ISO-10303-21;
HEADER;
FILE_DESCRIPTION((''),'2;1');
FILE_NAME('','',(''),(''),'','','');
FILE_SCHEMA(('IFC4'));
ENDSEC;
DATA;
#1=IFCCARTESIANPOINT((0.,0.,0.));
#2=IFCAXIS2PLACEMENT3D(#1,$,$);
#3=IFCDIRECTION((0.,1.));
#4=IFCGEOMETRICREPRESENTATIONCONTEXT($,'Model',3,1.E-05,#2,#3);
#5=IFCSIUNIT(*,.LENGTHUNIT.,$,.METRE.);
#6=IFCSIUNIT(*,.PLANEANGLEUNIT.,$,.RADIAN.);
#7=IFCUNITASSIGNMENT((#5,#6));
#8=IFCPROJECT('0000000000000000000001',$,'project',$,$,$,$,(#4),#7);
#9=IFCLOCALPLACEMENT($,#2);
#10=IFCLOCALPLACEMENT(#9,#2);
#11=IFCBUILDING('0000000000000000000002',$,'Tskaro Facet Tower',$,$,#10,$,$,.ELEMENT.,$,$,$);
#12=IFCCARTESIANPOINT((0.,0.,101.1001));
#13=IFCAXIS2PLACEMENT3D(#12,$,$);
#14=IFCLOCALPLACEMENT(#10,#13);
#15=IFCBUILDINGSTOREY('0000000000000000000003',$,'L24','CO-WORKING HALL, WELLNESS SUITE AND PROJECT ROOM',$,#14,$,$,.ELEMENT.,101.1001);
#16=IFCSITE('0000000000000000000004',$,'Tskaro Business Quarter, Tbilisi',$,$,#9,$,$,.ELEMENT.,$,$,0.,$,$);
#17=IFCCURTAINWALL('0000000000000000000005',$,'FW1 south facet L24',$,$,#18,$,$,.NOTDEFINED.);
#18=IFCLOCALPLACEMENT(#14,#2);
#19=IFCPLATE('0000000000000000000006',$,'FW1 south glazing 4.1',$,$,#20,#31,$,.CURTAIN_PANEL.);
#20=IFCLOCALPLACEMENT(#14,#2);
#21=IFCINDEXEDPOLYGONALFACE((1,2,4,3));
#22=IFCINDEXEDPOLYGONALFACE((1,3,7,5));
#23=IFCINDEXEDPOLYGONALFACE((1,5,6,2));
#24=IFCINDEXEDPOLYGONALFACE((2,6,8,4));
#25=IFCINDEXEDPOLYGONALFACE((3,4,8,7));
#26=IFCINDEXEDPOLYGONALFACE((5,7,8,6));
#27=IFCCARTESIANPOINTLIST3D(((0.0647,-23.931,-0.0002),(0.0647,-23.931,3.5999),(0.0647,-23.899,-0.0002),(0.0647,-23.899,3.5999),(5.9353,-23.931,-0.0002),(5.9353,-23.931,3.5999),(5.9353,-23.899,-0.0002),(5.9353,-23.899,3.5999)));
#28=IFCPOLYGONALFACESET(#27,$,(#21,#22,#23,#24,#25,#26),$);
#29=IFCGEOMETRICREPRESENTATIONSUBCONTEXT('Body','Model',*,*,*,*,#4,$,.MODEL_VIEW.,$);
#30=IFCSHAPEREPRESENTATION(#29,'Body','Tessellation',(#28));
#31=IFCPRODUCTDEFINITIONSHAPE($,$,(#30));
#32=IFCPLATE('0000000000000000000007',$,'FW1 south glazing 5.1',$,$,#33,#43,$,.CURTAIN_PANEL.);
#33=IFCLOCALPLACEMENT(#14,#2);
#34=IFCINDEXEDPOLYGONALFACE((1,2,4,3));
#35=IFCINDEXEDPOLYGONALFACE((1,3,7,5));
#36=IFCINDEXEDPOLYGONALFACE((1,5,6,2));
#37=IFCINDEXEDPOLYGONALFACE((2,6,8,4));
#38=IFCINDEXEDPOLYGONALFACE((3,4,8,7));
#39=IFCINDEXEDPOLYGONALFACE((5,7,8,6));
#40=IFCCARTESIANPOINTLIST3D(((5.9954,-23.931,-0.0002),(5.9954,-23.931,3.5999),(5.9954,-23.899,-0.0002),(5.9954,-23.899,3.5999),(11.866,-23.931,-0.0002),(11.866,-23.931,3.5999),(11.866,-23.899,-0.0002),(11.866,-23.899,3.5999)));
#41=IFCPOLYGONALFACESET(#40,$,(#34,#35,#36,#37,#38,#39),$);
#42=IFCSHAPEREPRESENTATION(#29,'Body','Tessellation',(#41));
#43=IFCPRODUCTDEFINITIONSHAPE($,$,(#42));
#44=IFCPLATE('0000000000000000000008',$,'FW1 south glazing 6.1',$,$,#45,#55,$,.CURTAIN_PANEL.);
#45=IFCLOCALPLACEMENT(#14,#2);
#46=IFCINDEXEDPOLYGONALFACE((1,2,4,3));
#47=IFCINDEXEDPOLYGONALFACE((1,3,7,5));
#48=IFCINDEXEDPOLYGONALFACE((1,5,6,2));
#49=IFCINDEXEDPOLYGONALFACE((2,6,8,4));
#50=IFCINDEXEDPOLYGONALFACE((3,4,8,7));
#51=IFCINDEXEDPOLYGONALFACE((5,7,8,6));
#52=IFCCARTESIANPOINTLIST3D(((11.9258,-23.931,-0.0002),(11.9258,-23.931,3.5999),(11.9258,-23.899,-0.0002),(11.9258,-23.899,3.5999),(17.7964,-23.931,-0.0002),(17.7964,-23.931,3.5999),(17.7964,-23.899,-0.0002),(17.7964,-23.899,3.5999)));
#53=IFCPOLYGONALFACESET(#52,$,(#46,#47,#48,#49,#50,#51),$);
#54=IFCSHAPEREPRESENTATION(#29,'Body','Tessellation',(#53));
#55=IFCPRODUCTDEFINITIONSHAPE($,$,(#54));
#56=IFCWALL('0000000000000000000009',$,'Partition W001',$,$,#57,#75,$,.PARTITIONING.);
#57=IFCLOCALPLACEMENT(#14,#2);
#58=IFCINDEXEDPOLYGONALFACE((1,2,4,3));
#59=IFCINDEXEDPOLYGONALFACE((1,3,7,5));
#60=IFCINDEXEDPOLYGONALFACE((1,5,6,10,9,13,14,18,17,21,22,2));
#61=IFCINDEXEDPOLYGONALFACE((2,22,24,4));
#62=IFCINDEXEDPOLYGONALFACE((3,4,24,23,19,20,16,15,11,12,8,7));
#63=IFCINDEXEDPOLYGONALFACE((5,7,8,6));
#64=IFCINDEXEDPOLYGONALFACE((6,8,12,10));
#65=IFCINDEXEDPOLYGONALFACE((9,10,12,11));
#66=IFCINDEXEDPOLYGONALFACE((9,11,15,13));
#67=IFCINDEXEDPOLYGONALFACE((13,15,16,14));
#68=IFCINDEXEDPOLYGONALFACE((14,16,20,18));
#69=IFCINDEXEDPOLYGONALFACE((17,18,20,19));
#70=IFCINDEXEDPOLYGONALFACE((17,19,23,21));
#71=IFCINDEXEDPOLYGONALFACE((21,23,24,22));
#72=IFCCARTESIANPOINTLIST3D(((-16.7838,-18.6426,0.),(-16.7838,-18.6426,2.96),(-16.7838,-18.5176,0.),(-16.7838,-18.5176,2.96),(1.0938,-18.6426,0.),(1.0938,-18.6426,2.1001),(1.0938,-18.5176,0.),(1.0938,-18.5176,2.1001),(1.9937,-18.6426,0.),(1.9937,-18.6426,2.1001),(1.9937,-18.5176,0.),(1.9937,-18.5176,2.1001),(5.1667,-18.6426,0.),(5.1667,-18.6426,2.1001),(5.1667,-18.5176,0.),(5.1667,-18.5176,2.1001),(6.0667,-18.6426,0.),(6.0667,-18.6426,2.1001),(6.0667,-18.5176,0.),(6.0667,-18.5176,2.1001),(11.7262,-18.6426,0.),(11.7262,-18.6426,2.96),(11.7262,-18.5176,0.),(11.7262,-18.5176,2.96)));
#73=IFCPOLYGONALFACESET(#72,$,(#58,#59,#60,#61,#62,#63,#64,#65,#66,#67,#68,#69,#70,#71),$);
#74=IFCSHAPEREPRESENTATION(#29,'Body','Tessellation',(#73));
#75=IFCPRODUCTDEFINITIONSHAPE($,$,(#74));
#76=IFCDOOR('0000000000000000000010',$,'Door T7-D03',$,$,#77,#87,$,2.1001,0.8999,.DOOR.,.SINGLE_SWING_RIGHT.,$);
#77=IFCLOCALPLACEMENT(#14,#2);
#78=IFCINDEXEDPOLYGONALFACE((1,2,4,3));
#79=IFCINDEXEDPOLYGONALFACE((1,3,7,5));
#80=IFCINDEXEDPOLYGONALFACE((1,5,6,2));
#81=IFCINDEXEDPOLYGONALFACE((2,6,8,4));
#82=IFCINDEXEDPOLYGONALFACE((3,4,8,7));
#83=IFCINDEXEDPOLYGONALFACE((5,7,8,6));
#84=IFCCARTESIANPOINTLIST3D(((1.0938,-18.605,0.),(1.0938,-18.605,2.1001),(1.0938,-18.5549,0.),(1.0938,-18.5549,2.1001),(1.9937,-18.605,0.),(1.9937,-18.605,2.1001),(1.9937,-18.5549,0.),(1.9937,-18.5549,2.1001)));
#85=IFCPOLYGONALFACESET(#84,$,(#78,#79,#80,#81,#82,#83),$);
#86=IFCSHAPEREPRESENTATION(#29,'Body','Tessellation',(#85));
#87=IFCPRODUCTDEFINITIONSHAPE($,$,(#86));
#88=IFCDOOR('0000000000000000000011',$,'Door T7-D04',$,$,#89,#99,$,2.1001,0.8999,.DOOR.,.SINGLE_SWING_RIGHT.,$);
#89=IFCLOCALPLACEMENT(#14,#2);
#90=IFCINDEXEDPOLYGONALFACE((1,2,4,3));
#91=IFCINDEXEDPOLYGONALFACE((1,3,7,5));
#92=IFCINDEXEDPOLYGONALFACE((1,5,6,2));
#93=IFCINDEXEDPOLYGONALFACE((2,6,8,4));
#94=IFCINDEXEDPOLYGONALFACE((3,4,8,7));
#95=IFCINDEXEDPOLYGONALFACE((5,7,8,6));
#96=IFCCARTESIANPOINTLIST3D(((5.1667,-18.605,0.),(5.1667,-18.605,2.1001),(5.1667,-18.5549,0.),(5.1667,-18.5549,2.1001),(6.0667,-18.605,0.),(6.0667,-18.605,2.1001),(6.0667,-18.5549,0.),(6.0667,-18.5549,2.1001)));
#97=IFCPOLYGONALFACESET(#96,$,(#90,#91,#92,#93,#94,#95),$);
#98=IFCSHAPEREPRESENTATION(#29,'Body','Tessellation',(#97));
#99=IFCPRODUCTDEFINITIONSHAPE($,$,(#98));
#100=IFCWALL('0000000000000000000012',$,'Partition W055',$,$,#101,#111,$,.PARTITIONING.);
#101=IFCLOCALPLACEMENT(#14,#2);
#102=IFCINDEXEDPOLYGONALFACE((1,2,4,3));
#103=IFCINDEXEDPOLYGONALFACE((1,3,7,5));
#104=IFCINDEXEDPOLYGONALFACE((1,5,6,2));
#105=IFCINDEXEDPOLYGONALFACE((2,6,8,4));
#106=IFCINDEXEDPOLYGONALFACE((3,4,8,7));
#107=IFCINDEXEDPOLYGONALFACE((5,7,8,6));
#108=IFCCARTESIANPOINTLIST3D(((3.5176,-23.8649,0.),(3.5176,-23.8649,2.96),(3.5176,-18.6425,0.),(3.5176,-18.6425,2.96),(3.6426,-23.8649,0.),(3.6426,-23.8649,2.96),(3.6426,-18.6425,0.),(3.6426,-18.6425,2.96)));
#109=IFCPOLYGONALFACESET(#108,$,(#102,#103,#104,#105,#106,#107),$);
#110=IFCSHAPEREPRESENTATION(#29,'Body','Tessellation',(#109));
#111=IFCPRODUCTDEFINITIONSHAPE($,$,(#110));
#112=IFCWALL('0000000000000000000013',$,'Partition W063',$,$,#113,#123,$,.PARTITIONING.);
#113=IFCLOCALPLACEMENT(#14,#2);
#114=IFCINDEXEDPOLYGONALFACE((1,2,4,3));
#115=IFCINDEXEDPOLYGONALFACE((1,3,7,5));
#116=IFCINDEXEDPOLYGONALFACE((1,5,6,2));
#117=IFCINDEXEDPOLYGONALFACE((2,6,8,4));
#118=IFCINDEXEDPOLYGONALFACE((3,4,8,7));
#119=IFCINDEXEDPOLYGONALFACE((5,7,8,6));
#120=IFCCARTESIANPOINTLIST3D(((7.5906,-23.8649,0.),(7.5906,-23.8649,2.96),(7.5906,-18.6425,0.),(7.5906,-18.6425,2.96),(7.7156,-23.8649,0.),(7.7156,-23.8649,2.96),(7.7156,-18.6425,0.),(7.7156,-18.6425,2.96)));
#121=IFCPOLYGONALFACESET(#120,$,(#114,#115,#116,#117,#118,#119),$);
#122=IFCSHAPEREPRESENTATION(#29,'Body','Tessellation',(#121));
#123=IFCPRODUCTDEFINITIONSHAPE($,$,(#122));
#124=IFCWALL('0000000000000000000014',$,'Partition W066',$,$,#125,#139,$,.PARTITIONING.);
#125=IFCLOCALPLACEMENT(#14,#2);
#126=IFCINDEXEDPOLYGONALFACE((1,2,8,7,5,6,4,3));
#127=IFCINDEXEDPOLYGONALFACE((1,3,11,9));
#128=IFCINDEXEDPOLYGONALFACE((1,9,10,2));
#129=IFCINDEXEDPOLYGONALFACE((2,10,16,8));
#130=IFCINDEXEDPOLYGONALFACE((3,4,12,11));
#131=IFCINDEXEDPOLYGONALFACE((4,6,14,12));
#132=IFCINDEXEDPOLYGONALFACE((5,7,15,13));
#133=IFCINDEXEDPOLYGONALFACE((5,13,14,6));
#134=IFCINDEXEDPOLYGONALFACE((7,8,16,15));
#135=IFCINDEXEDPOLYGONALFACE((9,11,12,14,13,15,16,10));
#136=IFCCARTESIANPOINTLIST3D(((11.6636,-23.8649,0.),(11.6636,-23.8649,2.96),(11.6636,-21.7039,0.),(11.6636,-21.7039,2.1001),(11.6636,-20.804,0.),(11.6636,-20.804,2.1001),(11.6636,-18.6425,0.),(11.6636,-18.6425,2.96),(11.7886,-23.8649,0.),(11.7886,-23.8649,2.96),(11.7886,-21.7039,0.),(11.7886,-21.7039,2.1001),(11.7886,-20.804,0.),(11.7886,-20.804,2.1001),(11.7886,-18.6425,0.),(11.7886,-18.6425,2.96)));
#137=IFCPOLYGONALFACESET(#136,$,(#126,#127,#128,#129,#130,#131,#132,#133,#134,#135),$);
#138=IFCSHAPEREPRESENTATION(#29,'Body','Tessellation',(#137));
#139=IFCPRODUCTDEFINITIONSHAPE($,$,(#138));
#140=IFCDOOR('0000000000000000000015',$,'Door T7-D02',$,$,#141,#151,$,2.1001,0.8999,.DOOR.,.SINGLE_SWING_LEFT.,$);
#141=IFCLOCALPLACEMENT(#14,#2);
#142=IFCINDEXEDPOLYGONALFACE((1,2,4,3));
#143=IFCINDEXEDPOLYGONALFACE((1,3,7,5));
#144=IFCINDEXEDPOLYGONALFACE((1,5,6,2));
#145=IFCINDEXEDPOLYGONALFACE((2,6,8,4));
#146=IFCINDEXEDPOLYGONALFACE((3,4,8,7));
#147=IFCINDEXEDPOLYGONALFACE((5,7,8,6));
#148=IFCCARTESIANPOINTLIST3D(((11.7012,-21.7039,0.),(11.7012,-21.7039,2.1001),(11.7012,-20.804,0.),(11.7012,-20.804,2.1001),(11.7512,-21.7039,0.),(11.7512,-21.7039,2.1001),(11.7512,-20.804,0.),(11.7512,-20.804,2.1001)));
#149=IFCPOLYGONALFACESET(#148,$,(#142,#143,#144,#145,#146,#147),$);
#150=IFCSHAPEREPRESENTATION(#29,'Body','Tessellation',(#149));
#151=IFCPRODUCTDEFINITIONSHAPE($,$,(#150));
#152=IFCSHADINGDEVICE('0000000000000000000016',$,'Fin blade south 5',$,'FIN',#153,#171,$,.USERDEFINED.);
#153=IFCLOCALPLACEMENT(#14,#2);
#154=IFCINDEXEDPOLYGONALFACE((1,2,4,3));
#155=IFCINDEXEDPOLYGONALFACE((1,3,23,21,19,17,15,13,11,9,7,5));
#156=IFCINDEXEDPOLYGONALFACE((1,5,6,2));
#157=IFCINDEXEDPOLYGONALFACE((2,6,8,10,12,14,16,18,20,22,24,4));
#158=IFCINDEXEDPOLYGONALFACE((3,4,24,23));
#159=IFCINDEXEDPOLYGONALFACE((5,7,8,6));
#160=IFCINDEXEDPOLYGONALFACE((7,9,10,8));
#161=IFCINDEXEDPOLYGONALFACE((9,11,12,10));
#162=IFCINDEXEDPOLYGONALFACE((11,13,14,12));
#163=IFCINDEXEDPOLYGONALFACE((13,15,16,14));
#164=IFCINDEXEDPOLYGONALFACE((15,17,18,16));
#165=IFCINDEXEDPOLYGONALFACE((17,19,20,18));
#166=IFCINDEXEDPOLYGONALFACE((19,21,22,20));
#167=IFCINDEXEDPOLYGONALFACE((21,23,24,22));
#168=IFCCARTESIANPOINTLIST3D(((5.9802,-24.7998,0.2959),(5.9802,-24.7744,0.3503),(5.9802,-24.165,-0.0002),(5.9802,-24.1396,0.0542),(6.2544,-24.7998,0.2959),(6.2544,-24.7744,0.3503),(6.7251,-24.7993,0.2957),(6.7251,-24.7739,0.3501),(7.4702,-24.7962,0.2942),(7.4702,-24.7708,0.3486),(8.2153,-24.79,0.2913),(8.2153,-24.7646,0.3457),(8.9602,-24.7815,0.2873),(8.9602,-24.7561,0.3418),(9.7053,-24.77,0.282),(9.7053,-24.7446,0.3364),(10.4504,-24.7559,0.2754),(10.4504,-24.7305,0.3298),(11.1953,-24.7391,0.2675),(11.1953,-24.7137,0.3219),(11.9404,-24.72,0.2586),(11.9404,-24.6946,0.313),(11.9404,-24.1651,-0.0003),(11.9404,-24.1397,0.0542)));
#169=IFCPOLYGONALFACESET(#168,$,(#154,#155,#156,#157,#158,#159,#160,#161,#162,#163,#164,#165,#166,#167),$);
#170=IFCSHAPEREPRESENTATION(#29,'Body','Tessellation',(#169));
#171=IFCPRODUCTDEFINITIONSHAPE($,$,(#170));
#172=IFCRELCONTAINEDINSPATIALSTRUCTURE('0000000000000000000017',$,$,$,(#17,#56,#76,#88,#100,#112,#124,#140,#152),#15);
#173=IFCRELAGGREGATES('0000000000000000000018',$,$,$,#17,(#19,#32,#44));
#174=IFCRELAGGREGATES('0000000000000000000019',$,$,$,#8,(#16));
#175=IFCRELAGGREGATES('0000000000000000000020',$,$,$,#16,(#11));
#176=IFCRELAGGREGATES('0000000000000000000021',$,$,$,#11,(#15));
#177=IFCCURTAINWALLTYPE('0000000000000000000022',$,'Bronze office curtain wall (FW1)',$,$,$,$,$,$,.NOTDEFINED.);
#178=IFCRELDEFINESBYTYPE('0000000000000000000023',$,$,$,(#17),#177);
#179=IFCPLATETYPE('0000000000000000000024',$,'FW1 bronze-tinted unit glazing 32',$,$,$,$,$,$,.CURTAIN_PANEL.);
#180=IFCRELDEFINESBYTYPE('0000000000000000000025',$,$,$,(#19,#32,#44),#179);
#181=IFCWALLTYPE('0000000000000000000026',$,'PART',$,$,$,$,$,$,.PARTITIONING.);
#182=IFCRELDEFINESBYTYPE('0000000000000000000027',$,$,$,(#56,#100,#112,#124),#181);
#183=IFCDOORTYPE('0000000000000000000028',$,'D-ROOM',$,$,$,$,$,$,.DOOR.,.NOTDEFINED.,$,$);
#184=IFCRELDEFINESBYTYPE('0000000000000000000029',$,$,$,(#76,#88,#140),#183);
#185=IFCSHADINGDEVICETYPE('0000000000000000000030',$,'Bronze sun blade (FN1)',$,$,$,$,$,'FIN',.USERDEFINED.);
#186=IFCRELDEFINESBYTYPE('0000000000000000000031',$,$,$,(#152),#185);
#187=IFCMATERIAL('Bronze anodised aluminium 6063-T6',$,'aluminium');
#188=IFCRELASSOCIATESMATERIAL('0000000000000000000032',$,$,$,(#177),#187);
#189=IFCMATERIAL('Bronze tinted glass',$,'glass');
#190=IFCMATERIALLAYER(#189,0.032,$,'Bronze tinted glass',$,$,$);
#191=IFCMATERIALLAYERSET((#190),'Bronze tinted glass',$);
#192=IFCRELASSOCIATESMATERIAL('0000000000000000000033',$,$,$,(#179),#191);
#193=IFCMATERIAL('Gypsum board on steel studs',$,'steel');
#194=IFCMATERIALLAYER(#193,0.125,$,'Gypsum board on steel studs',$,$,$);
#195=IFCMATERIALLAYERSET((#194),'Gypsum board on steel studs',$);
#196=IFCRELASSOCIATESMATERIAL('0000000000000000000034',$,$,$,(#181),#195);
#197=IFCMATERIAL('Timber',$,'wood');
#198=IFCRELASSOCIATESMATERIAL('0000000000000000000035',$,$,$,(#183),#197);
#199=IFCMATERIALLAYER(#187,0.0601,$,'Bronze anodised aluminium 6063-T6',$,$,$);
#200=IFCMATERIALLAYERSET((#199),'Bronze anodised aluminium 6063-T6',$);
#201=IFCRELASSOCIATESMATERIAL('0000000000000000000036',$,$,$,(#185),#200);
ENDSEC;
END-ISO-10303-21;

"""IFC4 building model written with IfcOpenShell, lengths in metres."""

from ifc_helpers import new_model, si_unit, direction, frame, frame_2d, origin, origin_2d, place, context, subcontext, project, spatial, polyline, rectangle, outline, extrude, material, layer, layer_set, type_object, element, fill, aggregate, save


model = new_model("IFC4")

# Units and contexts
model_context = context("Model", 3, precision=1e-05, world=origin(), true_north=direction((0.0, 1.0)))
body_context = subcontext(model_context, "Body", "Model", "MODEL_VIEW")
ifc_project = project(units=[si_unit("LENGTHUNIT", "METRE"), si_unit("PLANEANGLEUNIT", "RADIAN")], contexts=[model_context])

# Site, building, storey
site_placement = place(None, origin())
site = spatial("IfcSite", under=ifc_project, at=site_placement, Name="Tskaro Business Quarter, Tbilisi", CompositionType="ELEMENT", RefElevation=0.0)
building_placement = place(site_placement, origin())
building = spatial("IfcBuilding", under=site, at=building_placement, Name="Tskaro Facet Tower", CompositionType="ELEMENT")
storey_placement = place(building_placement, frame((0.0, 0.0, 101.1001)))
storey = spatial("IfcBuildingStorey", under=building, at=storey_placement, Name="L24", Description="CO-WORKING HALL, WELLNESS SUITE AND PROJECT ROOM", CompositionType="ELEMENT", Elevation=101.1001)

# Curtain wall
ifc_material_1 = material(Name="Bronze anodised aluminium 6063-T6", Category="aluminium")
curtain_wall_type = type_object("IfcCurtainWallType", Name="Bronze office curtain wall (FW1)", PredefinedType="NOTDEFINED", material=ifc_material_1)
curtain_wall_placement = place(storey_placement, origin())
curtain_wall = element("IfcCurtainWall", 1, at=curtain_wall_placement, inside=storey, type_object=curtain_wall_type, Name="FW1 south facet L24", PredefinedType="NOTDEFINED")

# Plates
ifc_material_2 = material(Name="Bronze tinted glass", Category="glass")
ifc_layer_1 = layer(ifc_material_2, 0.032, Name="Bronze tinted glass")
ifc_layer_set_1 = layer_set([ifc_layer_1], Name="Bronze tinted glass")
plate_type = type_object("IfcPlateType", Name="FW1 bronze-tinted unit glazing 32", PredefinedType="CURTAIN_PANEL", material=ifc_layer_set_1)
plate_1_placement = place(storey_placement, frame((3.0, -23.915, -0.0002), z_axis=(0.0, 0.0, 1.0), x_axis=(1.0, 0.0, 0.0)))
plate_1 = element("IfcPlate", 2, at=plate_1_placement, type_object=plate_type, Name="FW1 south glazing 4.1", PredefinedType="CURTAIN_PANEL", context=body_context, shape_type="SweptSolid", body=[
    extrude(rectangle(XDim=5.8706, YDim=0.032, at=origin_2d()), origin(), (0.0, 0.0, 1.0), 3.6001),
])
plate_2_placement = place(storey_placement, frame((8.9307, -23.915, -0.0002), z_axis=(0.0, 0.0, 1.0), x_axis=(1.0, 0.0, 0.0)))
plate_2 = element("IfcPlate", 3, at=plate_2_placement, type_object=plate_type, Name="FW1 south glazing 5.1", PredefinedType="CURTAIN_PANEL", context=body_context, shape_type="SweptSolid", body=[
    extrude(rectangle(XDim=5.8706, YDim=0.032, at=origin_2d()), origin(), (0.0, 0.0, 1.0), 3.6001),
])
plate_3_placement = place(storey_placement, frame((14.8611, -23.915, -0.0002), z_axis=(0.0, 0.0, 1.0), x_axis=(1.0, 0.0, 0.0)))
plate_3 = element("IfcPlate", 4, at=plate_3_placement, type_object=plate_type, Name="FW1 south glazing 6.1", PredefinedType="CURTAIN_PANEL", context=body_context, shape_type="SweptSolid", body=[
    extrude(rectangle(XDim=5.8706, YDim=0.032, at=origin_2d()), origin(), (0.0, 0.0, 1.0), 3.6001),
])
aggregate(curtain_wall, [plate_1, plate_2, plate_3])

# Wall, openings, doors
ifc_material_3 = material(Name="Gypsum board on steel studs", Category="steel")
ifc_layer_2 = layer(ifc_material_3, 0.125, Name="Gypsum board on steel studs")
ifc_layer_set_2 = layer_set([ifc_layer_2], Name="Gypsum board on steel studs")
wall_type = type_object("IfcWallType", Name="PART", PredefinedType="PARTITIONING", material=ifc_layer_set_2)
wall_1_placement = place(storey_placement, frame((11.7261, -18.5801, 0.0), z_axis=(0.0, 0.0, 1.0), x_axis=(-1.0, 0.0, 0.0)))
wall_1 = element("IfcWall", 5, at=wall_1_placement, inside=storey, type_object=wall_type, Name="Partition W001", PredefinedType="PARTITIONING", context=body_context, shape_type="SweptSolid", body=[
    extrude(rectangle(XDim=28.51, YDim=0.125, at=frame_2d((14.2549, 0.0))), origin(), (0.0, 0.0, 1.0), 2.96),
])
opening_1_placement = place(wall_1_placement, frame((9.7324, 0.0, 0.0)))
opening_1 = element("IfcOpeningElement", 6, at=opening_1_placement, cuts=wall_1, PredefinedType="OPENING", context=body_context, shape_type="SweptSolid", body=[
    extrude(rectangle(XDim=0.8999, YDim=2.1001, at=frame_2d((0.45, 1.05))), frame((0.0, 0.0725, 0.0), z_axis=(0.0, -1.0, 0.0), x_axis=(1.0, 0.0, 0.0)), (0.0, 0.0, 1.0), 0.145),
])
opening_2_placement = place(wall_1_placement, frame((5.6594, 0.0, 0.0)))
opening_2 = element("IfcOpeningElement", 7, at=opening_2_placement, cuts=wall_1, PredefinedType="OPENING", context=body_context, shape_type="SweptSolid", body=[
    extrude(rectangle(XDim=0.8999, YDim=2.1001, at=frame_2d((0.45, 1.05))), frame((0.0, 0.0725, 0.0), z_axis=(0.0, -1.0, 0.0), x_axis=(1.0, 0.0, 0.0)), (0.0, 0.0, 1.0), 0.145),
])
ifc_material_4 = material(Name="Timber", Category="wood")
door_type = type_object("IfcDoorType", Name="D-ROOM", OperationType="NOTDEFINED", PredefinedType="DOOR", material=ifc_material_4)
door_1_placement = place(opening_1_placement, origin())
door_1 = element("IfcDoor", 8, at=door_1_placement, inside=storey, type_object=door_type, Name="Door T7-D03", OperationType="SINGLE_SWING_RIGHT", OverallHeight=2.1001, OverallWidth=0.8999, PredefinedType="DOOR", context=body_context, shape_type="SweptSolid", body=[
    extrude(rectangle(XDim=0.8999, YDim=2.1001, at=frame_2d((0.45, 1.05))), frame((0.0, 0.0249, 0.0), z_axis=(0.0, -1.0, 0.0), x_axis=(1.0, 0.0, 0.0)), (0.0, 0.0, 1.0), 0.05),
])
fill(opening_1, door_1)
door_2_placement = place(opening_2_placement, origin())
door_2 = element("IfcDoor", 9, at=door_2_placement, inside=storey, type_object=door_type, Name="Door T7-D04", OperationType="SINGLE_SWING_RIGHT", OverallHeight=2.1001, OverallWidth=0.8999, PredefinedType="DOOR", context=body_context, shape_type="SweptSolid", body=[
    extrude(rectangle(XDim=0.8999, YDim=2.1001, at=frame_2d((0.45, 1.05))), frame((0.0, 0.0249, 0.0), z_axis=(0.0, -1.0, 0.0), x_axis=(1.0, 0.0, 0.0)), (0.0, 0.0, 1.0), 0.05),
])
fill(opening_2, door_2)

# Walls
for number, where, z_axis, x_axis, name in (
    (10, (3.5801, -23.865, 0.0), (0.0, 0.0, 1.0), (0.0, 1.0, 0.0), "Partition W055"),
    (11, (7.6531, -23.865, 0.0), (0.0, 0.0, 1.0), (0.0, 1.0, 0.0), "Partition W063"),
):
    element("IfcWall", number, at=place(storey_placement, frame(where, z_axis=z_axis, x_axis=x_axis)), inside=storey, type_object=wall_type, Name=name, PredefinedType="PARTITIONING", context=body_context, shape_type="SweptSolid", body=[
        extrude(rectangle(XDim=5.2224, YDim=0.125, at=frame_2d((2.6113, 0.0))), origin(), (0.0, 0.0, 1.0), 2.96),
    ])

# Wall, opening, door
wall_2_placement = place(storey_placement, frame((11.7261, -23.865, 0.0), z_axis=(0.0, 0.0, 1.0), x_axis=(0.0, 1.0, 0.0)))
wall_2 = element("IfcWall", 12, at=wall_2_placement, inside=storey, type_object=wall_type, Name="Partition W066", PredefinedType="PARTITIONING", context=body_context, shape_type="SweptSolid", body=[
    extrude(rectangle(XDim=5.2224, YDim=0.125, at=frame_2d((2.6113, 0.0))), origin(), (0.0, 0.0, 1.0), 2.96),
])
opening_3_placement = place(wall_2_placement, frame((2.1611, 0.0, 0.0)))
opening_3 = element("IfcOpeningElement", 13, at=opening_3_placement, cuts=wall_2, PredefinedType="OPENING", context=body_context, shape_type="SweptSolid", body=[
    extrude(rectangle(XDim=0.8999, YDim=2.1001, at=frame_2d((0.45, 1.05))), frame((0.0, 0.0725, 0.0), z_axis=(0.0, -1.0, 0.0), x_axis=(1.0, 0.0, 0.0)), (0.0, 0.0, 1.0), 0.145),
])
door_3_placement = place(opening_3_placement, origin())
door_3 = element("IfcDoor", 14, at=door_3_placement, inside=storey, type_object=door_type, Name="Door T7-D02", OperationType="SINGLE_SWING_LEFT", OverallHeight=2.1001, OverallWidth=0.8999, PredefinedType="DOOR", context=body_context, shape_type="SweptSolid", body=[
    extrude(rectangle(XDim=0.8999, YDim=2.1001, at=frame_2d((0.45, 1.05))), frame((0.0, 0.0249, 0.0), z_axis=(0.0, -1.0, 0.0), x_axis=(1.0, 0.0, 0.0)), (0.0, 0.0, 1.0), 0.05),
])
fill(opening_3, door_3)

# Shading device
ifc_layer_3 = layer(ifc_material_1, 0.0601, Name="Bronze anodised aluminium 6063-T6")
ifc_layer_set_3 = layer_set([ifc_layer_3], Name="Bronze anodised aluminium 6063-T6")
shading_device_type = type_object("IfcShadingDeviceType", Name="Bronze sun blade (FN1)", ElementType="FIN", PredefinedType="USERDEFINED", material=ifc_layer_set_3)
shading_device_1_placement = place(storey_placement, frame((5.9802, -24.1396, 0.0542), z_axis=(0.000008, 0.422769, 0.906237), x_axis=(1.0, -0.000003, -0.000007)))
element("IfcShadingDevice", 15, at=shading_device_1_placement, inside=storey, type_object=shading_device_type, Name="Fin blade south 5", ObjectType="FIN", PredefinedType="USERDEFINED", context=body_context, shape_type="SweptSolid", body=[
    extrude(outline(polyline([(0.0, 0.0), (5.9602, 0.0), (5.9602, -0.6123), (5.2151, -0.6334), (4.4702, -0.652), (3.7251, -0.6676), (2.98, -0.6802), (2.2351, -0.6896), (1.49, -0.6964), (0.7449, -0.6999), (0.2742, -0.7004), (0.0, -0.7004), (0.0, 0.0)])), origin(), (0.0, 0.0, -1.0), 0.0601),
])

save(model, "model.ifc")
